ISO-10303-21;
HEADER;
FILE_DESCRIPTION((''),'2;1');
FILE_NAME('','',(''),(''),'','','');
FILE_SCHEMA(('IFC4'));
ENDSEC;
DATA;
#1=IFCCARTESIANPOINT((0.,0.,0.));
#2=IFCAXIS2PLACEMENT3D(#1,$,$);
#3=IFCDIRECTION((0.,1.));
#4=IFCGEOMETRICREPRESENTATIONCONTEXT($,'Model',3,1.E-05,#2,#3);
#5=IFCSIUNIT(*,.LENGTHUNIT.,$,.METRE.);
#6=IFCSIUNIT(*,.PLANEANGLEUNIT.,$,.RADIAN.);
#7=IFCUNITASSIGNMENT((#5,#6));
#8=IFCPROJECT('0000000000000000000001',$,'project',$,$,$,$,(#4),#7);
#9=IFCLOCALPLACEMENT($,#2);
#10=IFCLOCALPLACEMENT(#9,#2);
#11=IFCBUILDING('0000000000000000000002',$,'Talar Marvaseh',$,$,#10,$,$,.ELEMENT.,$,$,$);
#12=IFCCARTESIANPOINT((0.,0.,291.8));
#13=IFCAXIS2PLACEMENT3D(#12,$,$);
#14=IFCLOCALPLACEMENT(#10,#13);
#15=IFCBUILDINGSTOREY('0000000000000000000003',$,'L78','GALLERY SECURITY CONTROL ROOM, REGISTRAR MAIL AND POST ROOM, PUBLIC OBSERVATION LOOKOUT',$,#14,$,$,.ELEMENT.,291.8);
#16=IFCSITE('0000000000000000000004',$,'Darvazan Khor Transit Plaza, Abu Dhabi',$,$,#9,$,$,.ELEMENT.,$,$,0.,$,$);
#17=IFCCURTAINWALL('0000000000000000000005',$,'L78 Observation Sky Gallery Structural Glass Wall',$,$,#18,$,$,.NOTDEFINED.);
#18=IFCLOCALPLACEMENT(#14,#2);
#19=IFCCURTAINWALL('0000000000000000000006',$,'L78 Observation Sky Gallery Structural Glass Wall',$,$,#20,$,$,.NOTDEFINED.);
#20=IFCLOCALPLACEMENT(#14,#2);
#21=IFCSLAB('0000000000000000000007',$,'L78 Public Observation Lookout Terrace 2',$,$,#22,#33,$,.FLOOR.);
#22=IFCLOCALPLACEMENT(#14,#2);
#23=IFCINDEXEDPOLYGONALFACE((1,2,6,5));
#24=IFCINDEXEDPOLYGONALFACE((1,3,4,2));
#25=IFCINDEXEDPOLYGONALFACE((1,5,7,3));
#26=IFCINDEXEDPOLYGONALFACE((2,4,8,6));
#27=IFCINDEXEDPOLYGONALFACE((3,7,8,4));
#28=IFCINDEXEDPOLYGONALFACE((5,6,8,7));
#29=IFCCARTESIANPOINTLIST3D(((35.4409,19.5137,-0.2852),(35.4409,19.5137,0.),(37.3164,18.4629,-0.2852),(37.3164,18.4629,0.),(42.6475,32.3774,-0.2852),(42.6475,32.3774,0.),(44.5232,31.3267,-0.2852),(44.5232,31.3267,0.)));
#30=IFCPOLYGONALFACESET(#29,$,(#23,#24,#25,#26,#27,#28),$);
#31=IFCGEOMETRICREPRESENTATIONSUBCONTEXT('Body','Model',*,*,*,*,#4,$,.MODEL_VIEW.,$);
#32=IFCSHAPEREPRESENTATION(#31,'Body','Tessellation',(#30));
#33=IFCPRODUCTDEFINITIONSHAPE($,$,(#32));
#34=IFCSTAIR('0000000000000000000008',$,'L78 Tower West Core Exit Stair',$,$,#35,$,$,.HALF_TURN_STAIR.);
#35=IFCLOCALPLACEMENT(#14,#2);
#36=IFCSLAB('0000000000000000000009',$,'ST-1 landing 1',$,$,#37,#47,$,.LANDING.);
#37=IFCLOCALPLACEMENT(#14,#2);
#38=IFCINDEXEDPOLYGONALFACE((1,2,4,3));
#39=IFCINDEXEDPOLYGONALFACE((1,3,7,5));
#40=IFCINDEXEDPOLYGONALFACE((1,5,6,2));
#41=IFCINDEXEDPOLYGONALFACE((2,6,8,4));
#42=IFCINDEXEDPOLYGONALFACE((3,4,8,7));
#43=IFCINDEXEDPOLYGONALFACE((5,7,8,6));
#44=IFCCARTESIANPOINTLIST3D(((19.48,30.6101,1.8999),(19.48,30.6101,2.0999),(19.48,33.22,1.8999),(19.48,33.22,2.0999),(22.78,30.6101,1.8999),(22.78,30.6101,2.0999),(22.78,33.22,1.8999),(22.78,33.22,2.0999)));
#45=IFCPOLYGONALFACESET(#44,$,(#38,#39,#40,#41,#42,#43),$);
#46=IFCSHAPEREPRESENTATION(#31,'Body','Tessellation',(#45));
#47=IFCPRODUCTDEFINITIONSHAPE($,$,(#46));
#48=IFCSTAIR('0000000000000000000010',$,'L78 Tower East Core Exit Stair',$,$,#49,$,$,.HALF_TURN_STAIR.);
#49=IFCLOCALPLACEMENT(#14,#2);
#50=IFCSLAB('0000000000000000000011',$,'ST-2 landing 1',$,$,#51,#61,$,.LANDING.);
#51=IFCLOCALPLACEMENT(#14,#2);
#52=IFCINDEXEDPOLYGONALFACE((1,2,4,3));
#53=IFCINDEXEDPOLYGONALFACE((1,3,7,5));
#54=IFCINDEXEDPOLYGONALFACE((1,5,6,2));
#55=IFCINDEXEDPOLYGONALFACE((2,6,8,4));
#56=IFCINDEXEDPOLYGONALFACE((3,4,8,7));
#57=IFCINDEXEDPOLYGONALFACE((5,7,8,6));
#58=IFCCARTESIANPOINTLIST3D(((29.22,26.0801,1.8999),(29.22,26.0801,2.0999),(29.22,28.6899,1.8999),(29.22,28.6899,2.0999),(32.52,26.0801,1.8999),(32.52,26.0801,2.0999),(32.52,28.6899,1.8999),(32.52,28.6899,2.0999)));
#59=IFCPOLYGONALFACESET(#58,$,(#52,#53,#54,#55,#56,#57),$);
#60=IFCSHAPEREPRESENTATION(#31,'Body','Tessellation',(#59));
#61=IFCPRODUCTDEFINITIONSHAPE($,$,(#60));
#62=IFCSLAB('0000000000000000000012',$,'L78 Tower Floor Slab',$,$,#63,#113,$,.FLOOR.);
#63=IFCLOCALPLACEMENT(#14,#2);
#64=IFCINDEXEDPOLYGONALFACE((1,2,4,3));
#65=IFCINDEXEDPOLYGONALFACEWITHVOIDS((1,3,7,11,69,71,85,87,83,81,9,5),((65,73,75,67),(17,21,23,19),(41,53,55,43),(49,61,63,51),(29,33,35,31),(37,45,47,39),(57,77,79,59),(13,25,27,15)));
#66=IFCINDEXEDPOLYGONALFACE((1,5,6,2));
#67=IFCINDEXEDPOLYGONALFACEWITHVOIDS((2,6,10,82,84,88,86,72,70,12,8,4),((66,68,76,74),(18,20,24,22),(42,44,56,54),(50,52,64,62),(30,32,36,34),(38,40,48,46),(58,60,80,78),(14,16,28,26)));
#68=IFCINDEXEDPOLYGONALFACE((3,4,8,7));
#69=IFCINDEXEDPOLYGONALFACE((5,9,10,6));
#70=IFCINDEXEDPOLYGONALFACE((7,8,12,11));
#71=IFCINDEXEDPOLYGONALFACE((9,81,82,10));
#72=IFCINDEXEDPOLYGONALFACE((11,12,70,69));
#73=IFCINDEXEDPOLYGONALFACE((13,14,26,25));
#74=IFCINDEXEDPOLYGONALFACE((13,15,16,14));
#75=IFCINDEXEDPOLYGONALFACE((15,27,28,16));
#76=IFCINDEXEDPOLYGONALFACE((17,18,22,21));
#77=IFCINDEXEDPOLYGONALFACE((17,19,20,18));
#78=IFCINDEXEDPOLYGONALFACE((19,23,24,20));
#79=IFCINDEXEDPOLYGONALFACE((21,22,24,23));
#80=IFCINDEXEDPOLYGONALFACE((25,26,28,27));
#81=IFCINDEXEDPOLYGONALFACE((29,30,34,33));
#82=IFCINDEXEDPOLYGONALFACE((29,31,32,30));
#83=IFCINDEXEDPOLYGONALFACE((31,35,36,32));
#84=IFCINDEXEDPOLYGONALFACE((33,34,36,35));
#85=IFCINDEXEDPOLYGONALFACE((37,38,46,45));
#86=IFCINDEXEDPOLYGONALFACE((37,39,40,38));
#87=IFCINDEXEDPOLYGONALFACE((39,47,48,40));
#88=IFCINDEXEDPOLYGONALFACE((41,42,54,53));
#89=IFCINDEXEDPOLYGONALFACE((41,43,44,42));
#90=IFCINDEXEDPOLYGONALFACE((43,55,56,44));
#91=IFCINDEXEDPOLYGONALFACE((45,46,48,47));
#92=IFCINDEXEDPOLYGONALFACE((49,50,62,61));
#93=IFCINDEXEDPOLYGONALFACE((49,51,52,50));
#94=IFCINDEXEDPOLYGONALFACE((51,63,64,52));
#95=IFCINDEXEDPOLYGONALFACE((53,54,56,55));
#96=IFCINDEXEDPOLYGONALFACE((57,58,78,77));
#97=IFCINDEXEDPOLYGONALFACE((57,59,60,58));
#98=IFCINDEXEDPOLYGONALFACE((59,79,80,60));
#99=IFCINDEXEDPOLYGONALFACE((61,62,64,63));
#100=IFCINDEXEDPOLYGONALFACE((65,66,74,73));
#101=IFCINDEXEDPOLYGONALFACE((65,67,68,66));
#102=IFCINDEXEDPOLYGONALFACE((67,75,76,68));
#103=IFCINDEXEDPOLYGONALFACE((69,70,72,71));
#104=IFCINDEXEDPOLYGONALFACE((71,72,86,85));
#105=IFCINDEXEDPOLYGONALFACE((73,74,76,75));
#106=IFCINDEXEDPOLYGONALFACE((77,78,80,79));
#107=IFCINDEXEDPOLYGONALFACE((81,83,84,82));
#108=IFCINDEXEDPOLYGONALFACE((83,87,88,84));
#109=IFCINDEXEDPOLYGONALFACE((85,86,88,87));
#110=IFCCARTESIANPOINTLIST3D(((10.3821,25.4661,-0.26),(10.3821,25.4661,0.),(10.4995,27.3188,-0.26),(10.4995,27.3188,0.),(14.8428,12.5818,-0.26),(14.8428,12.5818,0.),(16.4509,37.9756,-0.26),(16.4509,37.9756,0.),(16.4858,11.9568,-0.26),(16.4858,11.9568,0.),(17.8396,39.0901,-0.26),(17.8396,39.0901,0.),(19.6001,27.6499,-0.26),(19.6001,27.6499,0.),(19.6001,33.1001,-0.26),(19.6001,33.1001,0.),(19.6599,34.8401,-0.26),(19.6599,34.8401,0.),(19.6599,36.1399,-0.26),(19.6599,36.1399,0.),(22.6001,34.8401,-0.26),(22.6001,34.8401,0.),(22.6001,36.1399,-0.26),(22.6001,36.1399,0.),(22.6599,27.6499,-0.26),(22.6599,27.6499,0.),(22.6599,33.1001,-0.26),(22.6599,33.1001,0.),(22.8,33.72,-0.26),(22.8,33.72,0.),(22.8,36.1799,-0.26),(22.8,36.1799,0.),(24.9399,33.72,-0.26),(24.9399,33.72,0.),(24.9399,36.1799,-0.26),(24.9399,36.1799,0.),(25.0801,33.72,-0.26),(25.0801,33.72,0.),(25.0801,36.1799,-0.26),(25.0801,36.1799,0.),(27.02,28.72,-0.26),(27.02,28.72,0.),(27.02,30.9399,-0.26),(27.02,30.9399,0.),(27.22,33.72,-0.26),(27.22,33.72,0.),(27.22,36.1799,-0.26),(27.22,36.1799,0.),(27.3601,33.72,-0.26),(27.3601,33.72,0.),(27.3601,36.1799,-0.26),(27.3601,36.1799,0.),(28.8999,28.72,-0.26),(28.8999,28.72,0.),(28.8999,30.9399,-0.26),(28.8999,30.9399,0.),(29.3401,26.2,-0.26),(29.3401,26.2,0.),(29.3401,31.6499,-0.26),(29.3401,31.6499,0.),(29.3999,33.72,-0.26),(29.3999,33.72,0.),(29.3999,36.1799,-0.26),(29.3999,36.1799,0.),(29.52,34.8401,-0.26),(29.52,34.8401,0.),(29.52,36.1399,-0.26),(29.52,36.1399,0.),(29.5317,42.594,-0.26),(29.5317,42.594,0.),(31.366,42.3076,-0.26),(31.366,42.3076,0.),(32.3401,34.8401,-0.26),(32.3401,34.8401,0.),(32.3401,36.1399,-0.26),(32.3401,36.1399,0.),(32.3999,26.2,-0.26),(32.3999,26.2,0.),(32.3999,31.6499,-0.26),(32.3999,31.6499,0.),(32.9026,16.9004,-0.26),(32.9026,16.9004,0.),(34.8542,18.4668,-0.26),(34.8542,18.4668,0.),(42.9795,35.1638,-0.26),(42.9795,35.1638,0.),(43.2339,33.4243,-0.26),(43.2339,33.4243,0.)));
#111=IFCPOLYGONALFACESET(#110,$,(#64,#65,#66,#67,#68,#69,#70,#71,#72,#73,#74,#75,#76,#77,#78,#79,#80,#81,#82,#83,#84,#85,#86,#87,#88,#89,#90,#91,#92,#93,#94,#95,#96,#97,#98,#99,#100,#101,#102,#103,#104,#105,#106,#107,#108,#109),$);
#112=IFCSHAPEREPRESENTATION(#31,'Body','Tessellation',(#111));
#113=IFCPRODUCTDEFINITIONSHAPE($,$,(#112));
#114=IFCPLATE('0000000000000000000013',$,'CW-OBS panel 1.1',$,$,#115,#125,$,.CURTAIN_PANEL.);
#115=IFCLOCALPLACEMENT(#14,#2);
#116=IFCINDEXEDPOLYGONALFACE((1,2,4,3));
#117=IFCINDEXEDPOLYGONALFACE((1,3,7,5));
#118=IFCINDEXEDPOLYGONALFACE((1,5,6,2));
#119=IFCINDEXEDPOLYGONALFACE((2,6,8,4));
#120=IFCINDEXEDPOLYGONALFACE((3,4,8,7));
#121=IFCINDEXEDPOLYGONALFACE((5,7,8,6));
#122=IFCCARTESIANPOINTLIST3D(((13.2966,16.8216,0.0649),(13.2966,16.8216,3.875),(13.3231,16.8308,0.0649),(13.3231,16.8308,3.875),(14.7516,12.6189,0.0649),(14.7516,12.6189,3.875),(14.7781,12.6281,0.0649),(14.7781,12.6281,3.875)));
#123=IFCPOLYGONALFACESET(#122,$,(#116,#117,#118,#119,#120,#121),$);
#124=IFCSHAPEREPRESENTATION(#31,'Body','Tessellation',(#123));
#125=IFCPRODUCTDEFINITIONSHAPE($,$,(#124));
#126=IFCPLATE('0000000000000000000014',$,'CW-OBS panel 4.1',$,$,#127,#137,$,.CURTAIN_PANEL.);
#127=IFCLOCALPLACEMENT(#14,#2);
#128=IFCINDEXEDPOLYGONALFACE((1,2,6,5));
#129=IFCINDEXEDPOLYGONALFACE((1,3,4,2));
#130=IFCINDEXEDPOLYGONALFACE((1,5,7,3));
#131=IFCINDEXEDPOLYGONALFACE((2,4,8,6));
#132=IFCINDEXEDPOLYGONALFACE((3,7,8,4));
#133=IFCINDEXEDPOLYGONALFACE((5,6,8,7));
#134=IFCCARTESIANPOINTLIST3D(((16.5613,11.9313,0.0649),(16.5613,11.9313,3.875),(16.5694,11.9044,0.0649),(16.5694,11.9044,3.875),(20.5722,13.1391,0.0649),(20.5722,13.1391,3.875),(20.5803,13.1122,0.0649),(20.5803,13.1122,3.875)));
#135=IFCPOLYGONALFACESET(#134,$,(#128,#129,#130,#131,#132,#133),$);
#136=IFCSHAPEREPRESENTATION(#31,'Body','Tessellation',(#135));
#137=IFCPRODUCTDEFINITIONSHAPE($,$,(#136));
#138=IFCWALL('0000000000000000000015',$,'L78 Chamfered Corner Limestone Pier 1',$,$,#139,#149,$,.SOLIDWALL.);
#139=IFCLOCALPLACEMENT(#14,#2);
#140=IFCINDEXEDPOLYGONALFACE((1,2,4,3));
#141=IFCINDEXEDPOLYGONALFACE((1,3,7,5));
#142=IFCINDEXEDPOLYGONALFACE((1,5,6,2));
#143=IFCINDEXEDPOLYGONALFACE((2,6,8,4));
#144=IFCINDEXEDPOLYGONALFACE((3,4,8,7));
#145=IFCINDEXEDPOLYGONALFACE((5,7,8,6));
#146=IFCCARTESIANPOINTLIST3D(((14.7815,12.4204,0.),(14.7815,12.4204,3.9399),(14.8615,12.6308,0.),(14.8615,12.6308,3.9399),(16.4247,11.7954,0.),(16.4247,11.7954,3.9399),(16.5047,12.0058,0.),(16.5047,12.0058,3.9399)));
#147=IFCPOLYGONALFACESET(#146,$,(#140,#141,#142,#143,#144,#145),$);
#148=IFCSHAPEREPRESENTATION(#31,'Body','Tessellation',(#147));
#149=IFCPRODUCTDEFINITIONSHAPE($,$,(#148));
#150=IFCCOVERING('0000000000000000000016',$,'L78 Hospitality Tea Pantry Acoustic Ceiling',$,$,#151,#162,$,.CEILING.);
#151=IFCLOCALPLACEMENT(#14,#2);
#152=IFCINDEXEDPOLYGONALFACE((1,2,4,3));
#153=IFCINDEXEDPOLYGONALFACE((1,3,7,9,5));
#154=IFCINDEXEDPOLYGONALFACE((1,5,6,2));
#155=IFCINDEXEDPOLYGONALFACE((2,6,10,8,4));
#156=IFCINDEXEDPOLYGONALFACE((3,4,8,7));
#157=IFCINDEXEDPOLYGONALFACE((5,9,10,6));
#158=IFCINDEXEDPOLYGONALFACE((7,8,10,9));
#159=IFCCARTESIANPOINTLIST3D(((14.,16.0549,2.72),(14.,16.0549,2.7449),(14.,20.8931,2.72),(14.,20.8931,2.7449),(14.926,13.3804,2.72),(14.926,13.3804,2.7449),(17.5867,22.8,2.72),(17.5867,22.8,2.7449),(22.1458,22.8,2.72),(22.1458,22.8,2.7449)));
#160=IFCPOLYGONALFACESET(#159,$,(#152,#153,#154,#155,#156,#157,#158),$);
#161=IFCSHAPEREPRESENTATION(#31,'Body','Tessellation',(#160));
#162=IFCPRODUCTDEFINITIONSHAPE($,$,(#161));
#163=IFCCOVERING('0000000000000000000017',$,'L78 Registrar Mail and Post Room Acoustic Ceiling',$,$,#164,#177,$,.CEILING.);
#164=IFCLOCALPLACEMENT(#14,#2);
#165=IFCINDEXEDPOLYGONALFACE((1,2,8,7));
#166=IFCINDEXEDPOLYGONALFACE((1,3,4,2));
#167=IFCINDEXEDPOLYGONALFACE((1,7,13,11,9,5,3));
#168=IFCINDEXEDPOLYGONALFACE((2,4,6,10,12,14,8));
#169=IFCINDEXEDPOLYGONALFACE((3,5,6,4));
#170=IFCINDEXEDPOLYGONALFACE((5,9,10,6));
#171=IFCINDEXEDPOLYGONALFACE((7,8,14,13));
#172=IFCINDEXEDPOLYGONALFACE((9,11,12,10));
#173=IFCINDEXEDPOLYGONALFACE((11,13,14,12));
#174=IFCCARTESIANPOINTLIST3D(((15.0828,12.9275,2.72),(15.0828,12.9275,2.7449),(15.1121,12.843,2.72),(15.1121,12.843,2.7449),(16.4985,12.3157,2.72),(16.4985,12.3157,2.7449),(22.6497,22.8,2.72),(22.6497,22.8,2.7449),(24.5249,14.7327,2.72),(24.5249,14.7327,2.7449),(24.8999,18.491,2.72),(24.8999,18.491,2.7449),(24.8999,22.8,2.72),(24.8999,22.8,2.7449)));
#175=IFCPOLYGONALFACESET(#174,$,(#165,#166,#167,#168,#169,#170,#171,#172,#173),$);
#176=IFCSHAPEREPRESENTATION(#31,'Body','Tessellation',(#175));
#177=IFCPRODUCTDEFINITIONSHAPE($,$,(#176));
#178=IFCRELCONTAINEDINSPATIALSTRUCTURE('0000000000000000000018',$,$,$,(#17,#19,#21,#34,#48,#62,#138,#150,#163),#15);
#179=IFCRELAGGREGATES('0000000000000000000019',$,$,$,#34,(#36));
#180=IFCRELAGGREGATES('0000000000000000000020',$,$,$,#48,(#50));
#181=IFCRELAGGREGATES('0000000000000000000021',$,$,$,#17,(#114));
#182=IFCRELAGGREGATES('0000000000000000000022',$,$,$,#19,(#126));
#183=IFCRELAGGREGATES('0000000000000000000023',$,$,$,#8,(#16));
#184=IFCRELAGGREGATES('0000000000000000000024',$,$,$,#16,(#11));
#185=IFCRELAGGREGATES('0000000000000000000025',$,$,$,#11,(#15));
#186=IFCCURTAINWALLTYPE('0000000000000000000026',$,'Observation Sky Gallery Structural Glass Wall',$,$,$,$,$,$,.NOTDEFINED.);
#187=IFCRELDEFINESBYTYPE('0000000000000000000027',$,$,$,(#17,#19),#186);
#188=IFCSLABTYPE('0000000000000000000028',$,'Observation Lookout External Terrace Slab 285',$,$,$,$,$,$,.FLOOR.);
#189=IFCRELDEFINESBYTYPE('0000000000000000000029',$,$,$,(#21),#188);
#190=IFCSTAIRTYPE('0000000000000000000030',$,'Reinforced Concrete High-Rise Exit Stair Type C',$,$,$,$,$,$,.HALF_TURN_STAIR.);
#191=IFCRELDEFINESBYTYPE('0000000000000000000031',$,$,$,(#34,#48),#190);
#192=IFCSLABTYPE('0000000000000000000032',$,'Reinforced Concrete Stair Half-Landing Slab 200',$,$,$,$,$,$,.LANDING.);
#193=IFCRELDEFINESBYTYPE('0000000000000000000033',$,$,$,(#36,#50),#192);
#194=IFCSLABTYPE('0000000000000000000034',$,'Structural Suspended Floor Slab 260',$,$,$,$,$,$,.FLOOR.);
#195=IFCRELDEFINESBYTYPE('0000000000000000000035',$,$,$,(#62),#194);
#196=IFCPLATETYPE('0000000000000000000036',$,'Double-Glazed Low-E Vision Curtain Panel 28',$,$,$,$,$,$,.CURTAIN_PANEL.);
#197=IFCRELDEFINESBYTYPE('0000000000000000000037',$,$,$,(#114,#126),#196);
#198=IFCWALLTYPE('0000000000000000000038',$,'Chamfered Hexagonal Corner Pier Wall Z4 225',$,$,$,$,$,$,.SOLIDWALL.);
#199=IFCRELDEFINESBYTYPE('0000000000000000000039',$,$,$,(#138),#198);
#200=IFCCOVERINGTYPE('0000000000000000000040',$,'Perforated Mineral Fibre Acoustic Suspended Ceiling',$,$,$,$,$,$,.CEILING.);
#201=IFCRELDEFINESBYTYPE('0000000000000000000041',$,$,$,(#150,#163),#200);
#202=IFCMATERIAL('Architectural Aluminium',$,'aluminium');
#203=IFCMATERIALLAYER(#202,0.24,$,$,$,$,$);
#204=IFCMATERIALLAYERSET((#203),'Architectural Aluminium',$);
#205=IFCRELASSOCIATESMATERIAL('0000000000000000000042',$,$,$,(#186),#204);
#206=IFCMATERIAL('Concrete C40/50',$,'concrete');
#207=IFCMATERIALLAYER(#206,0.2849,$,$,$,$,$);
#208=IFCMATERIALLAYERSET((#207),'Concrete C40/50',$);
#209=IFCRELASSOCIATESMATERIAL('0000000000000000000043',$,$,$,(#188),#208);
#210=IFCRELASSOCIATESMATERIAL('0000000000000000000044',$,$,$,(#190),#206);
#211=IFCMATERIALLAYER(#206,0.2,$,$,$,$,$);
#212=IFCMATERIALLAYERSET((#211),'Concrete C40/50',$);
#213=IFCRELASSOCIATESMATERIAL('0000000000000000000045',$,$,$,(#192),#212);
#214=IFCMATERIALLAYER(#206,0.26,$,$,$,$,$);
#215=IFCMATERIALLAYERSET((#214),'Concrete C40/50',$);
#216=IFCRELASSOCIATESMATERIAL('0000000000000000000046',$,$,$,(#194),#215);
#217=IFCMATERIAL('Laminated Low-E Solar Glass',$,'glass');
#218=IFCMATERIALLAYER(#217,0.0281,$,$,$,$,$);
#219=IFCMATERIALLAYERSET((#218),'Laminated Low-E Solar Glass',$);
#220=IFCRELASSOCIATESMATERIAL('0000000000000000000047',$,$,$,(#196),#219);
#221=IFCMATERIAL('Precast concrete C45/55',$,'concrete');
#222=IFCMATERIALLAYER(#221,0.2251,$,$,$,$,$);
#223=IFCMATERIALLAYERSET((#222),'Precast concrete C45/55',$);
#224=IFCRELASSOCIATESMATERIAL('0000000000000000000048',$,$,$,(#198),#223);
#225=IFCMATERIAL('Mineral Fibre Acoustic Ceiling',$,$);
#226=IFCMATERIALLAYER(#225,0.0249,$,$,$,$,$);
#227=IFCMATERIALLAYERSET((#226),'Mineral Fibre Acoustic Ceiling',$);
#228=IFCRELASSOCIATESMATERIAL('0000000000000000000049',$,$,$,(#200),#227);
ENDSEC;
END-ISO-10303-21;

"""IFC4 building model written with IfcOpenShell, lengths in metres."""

from ifc_helpers import new_model, si_unit, direction, frame, frame_2d, origin, origin_2d, place, context, subcontext, project, spatial, polyline, rectangle, outline, extrude, source, transform, mapped, material, layer, layer_set, type_object, type_shapes, element, aggregate, save


model = new_model("IFC4")

# Units and contexts
model_context = context("Model", 3, precision=1e-05, world=origin(), true_north=direction((0.0, 1.0)))
body_context = subcontext(model_context, "Body", "Model", "MODEL_VIEW")
ifc_project = project(units=[si_unit("LENGTHUNIT", "METRE"), si_unit("PLANEANGLEUNIT", "RADIAN")], contexts=[model_context])

# Site, building, storey
site_placement = place(None, origin())
site = spatial("IfcSite", under=ifc_project, at=site_placement, Name="Darvazan Khor Transit Plaza, Abu Dhabi", CompositionType="ELEMENT", RefElevation=0.0)
building_placement = place(site_placement, origin())
building = spatial("IfcBuilding", under=site, at=building_placement, Name="Talar Marvaseh", CompositionType="ELEMENT")
storey_placement = place(building_placement, frame((0.0, 0.0, 291.8)))
storey = spatial("IfcBuildingStorey", under=building, at=storey_placement, Name="L78", Description="GALLERY SECURITY CONTROL ROOM, REGISTRAR MAIL AND POST ROOM, PUBLIC OBSERVATION LOOKOUT", CompositionType="ELEMENT", Elevation=291.8)

# Curtain walls
ifc_material_1 = material(Name="Architectural Aluminium", Category="aluminium")
ifc_layer_1 = layer(ifc_material_1, 0.24)
ifc_layer_set_1 = layer_set([ifc_layer_1], Name="Architectural Aluminium")
curtain_wall_type = type_object("IfcCurtainWallType", Name="Observation Sky Gallery Structural Glass Wall", PredefinedType="NOTDEFINED", material=ifc_layer_set_1)
curtain_wall_1_placement = place(storey_placement, origin())
curtain_wall_1 = element("IfcCurtainWall", 1, at=curtain_wall_1_placement, inside=storey, type_object=curtain_wall_type, Name="L78 Observation Sky Gallery Structural Glass Wall", PredefinedType="NOTDEFINED")
curtain_wall_2_placement = place(storey_placement, origin())
curtain_wall_2 = element("IfcCurtainWall", 2, at=curtain_wall_2_placement, inside=storey, type_object=curtain_wall_type, Name="L78 Observation Sky Gallery Structural Glass Wall", PredefinedType="NOTDEFINED")

# Slab
ifc_material_2 = material(Name="Concrete C40/50", Category="concrete")
ifc_layer_2 = layer(ifc_material_2, 0.2849)
ifc_layer_set_2 = layer_set([ifc_layer_2], Name="Concrete C40/50")
slab_type_1 = type_object("IfcSlabType", Name="Observation Lookout External Terrace Slab 285", PredefinedType="FLOOR", material=ifc_layer_set_2)
slab_1_placement = place(storey_placement, frame((0.0, 0.0, -0.2852)))
element("IfcSlab", 3, at=slab_1_placement, inside=storey, type_object=slab_type_1, Name="L78 Public Observation Lookout Terrace 2", PredefinedType="FLOOR", context=body_context, shape_type="SweptSolid", body=[
    extrude(outline(polyline([(42.6475, 32.3774), (35.4409, 19.5137), (37.3164, 18.4629), (44.5232, 31.3267), (42.6475, 32.3774)])), origin(), (0.0, 0.0, 1.0), 0.2852),
])

# Stairs, slabs
stair_type = type_object("IfcStairType", Name="Reinforced Concrete High-Rise Exit Stair Type C", PredefinedType="HALF_TURN_STAIR", material=ifc_material_2)
stair_1_placement = place(storey_placement, origin())
stair_1 = element("IfcStair", 4, at=stair_1_placement, inside=storey, type_object=stair_type, Name="L78 Tower West Core Exit Stair", PredefinedType="HALF_TURN_STAIR")
ifc_layer_3 = layer(ifc_material_2, 0.2)
ifc_layer_set_3 = layer_set([ifc_layer_3], Name="Concrete C40/50")
slab_type_2 = type_object("IfcSlabType", Name="Reinforced Concrete Stair Half-Landing Slab 200", PredefinedType="LANDING", material=ifc_layer_set_3)
slab_2_placement = place(storey_placement, frame((0.0, 0.0, 1.8999)))
slab_2 = element("IfcSlab", 5, at=slab_2_placement, type_object=slab_type_2, Name="ST-1 landing 1", PredefinedType="LANDING", context=body_context, shape_type="SweptSolid", body=[
    extrude(outline(polyline([(22.78, 30.6101), (22.78, 33.22), (19.48, 33.22), (19.48, 30.6101), (22.78, 30.6101)])), origin(), (0.0, 0.0, 1.0), 0.2),
])
aggregate(stair_1, [slab_2])
stair_2_placement = place(storey_placement, origin())
stair_2 = element("IfcStair", 6, at=stair_2_placement, inside=storey, type_object=stair_type, Name="L78 Tower East Core Exit Stair", PredefinedType="HALF_TURN_STAIR")
slab_3_placement = place(storey_placement, frame((0.0, 0.0, 1.8999)))
slab_3 = element("IfcSlab", 7, at=slab_3_placement, type_object=slab_type_2, Name="ST-2 landing 1", PredefinedType="LANDING", context=body_context, shape_type="SweptSolid", body=[
    extrude(outline(polyline([(29.22, 28.6899), (29.22, 26.0801), (32.52, 26.0801), (32.52, 28.6899), (29.22, 28.6899)])), origin(), (0.0, 0.0, 1.0), 0.2),
])
aggregate(stair_2, [slab_3])

# Slab
ifc_layer_4 = layer(ifc_material_2, 0.26)
ifc_layer_set_4 = layer_set([ifc_layer_4], Name="Concrete C40/50")
slab_type_3 = type_object("IfcSlabType", Name="Structural Suspended Floor Slab 260", PredefinedType="FLOOR", material=ifc_layer_set_4)
slab_4_placement = place(storey_placement, frame((0.0, 0.0, -0.26)))
element("IfcSlab", 8, at=slab_4_placement, inside=storey, type_object=slab_type_3, Name="L78 Tower Floor Slab", PredefinedType="FLOOR", context=body_context, shape_type="SweptSolid", body=[
    extrude(outline(polyline([(16.4858, 11.9568), (14.8428, 12.5818), (10.3821, 25.4661), (10.4995, 27.3188), (16.4509, 37.9756), (17.8396, 39.0901), (29.5317, 42.594), (31.366, 42.3076), (42.9795, 35.1638), (43.2339, 33.4243), (34.8542, 18.4668), (32.9026, 16.9004), (16.4858, 11.9568)]), holes=[polyline([(22.6599, 27.6499), (22.6599, 33.1001), (19.6001, 33.1001), (19.6001, 27.6499), (22.6599, 27.6499)]), polyline([(29.3401, 31.6499), (29.3401, 26.2), (32.3999, 26.2), (32.3999, 31.6499), (29.3401, 31.6499)]), polyline([(22.8, 33.72), (24.9399, 33.72), (24.9399, 36.1799), (22.8, 36.1799), (22.8, 33.72)]), polyline([(25.0801, 33.72), (27.22, 33.72), (27.22, 36.1799), (25.0801, 36.1799), (25.0801, 33.72)]), polyline([(27.3601, 33.72), (29.3999, 33.72), (29.3999, 36.1799), (27.3601, 36.1799), (27.3601, 33.72)]), polyline([(27.02, 28.72), (28.8999, 28.72), (28.8999, 30.9399), (27.02, 30.9399), (27.02, 28.72)]), polyline([(19.6599, 34.8401), (22.6001, 34.8401), (22.6001, 36.1399), (19.6599, 36.1399), (19.6599, 34.8401)]), polyline([(29.52, 34.8401), (32.3401, 34.8401), (32.3401, 36.1399), (29.52, 36.1399), (29.52, 34.8401)])]), origin(), (0.0, 0.0, 1.0), 0.26),
])

# Plates
ifc_material_3 = material(Name="Laminated Low-E Solar Glass", Category="glass")
ifc_layer_5 = layer(ifc_material_3, 0.0281)
ifc_layer_set_5 = layer_set([ifc_layer_5], Name="Laminated Low-E Solar Glass")
plate_type = type_object("IfcPlateType", Name="Double-Glazed Low-E Vision Curtain Panel 28", PredefinedType="CURTAIN_PANEL", material=ifc_layer_set_5)
shared_shape_1 = source(origin(), body_context, "Body", "SweptSolid", [
    extrude(rectangle(XDim=4.4475, YDim=0.0281, at=origin_2d()), origin(), (0.0, 0.0, 1.0), 3.8101),
])
plate_1_placement = place(storey_placement, frame((14.0374, 14.7249, 0.0649), z_axis=(0.0, 0.0, 1.0), x_axis=(-0.327151, 0.944972, 0.0)))
plate_1 = element("IfcPlate", 9, at=plate_1_placement, type_object=plate_type, Name="CW-OBS panel 1.1", PredefinedType="CURTAIN_PANEL", context=body_context, shape_type="MappedRepresentation", body=[
    mapped(shared_shape_1, transform((0.0, 0.0, 0.0), x_axis=(1.0, 0.0, 0.0), y_axis=(0.0, 1.0, 0.0), z_axis=(0.0, 0.0, 1.0), scale=1.0)),
])
aggregate(curtain_wall_1, [plate_1])
shared_shape_2 = source(origin(), body_context, "Body", "SweptSolid", [
    extrude(rectangle(XDim=4.1887, YDim=0.0281, at=origin_2d()), origin(), (0.0, 0.0, 1.0), 3.8101),
])
type_shapes(plate_type, [shared_shape_1, shared_shape_2])
plate_2_placement = place(storey_placement, frame((18.5708, 12.5217, 0.0649), z_axis=(0.0, 0.0, 1.0), x_axis=(-0.957526, -0.288346, 0.0)))
plate_2 = element("IfcPlate", 10, at=plate_2_placement, type_object=plate_type, Name="CW-OBS panel 4.1", PredefinedType="CURTAIN_PANEL", context=body_context, shape_type="MappedRepresentation", body=[
    mapped(shared_shape_2, transform((0.0, 0.0, 0.0), x_axis=(1.0, 0.0, 0.0), y_axis=(0.0, 1.0, 0.0), z_axis=(0.0, 0.0, 1.0), scale=1.0)),
])
aggregate(curtain_wall_2, [plate_2])

# Wall
ifc_material_4 = material(Name="Precast concrete C45/55", Category="concrete")
ifc_layer_6 = layer(ifc_material_4, 0.2251)
ifc_layer_set_6 = layer_set([ifc_layer_6], Name="Precast concrete C45/55")
wall_type = type_object("IfcWallType", Name="Chamfered Hexagonal Corner Pier Wall Z4 225", PredefinedType="SOLIDWALL", material=ifc_layer_set_6)
wall_placement = place(storey_placement, frame((16.4646, 11.9006, 0.0), z_axis=(0.0, 0.0, 1.0), x_axis=(-0.934681, 0.355487, 0.0)))
element("IfcWall", 11, at=wall_placement, inside=storey, type_object=wall_type, Name="L78 Chamfered Corner Limestone Pier 1", PredefinedType="SOLIDWALL", context=body_context, shape_type="SweptSolid", body=[
    extrude(rectangle(XDim=1.7581, YDim=0.2251, at=frame_2d((0.8789, 0.0))), origin(), (0.0, 0.0, 1.0), 3.9399),
])

# Coverings
ifc_material_5 = material(Name="Mineral Fibre Acoustic Ceiling")
ifc_layer_7 = layer(ifc_material_5, 0.0249)
ifc_layer_set_7 = layer_set([ifc_layer_7], Name="Mineral Fibre Acoustic Ceiling")
covering_type_1 = type_object("IfcCoveringType", Name="Perforated Mineral Fibre Acoustic Suspended Ceiling", PredefinedType="CEILING", material=ifc_layer_set_7)
covering_1_placement = place(storey_placement, frame((0.0, 0.0, 2.72)))
element("IfcCovering", 12, at=covering_1_placement, inside=storey, type_object=covering_type_1, Name="L78 Hospitality Tea Pantry Acoustic Ceiling", PredefinedType="CEILING", context=body_context, shape_type="SweptSolid", body=[
    extrude(outline(polyline([(14.926, 13.3804), (14.0, 16.0549), (14.0, 20.8931), (17.5867, 22.8), (22.1458, 22.8), (14.926, 13.3804)])), origin(), (0.0, 0.0, 1.0), 0.0249),
])
covering_2_placement = place(storey_placement, frame((0.0, 0.0, 2.72)))
element("IfcCovering", 13, at=covering_2_placement, inside=storey, type_object=covering_type_1, Name="L78 Registrar Mail and Post Room Acoustic Ceiling", PredefinedType="CEILING", context=body_context, shape_type="SweptSolid", body=[
    extrude(outline(polyline([(22.6497, 22.8), (24.8999, 22.8), (24.8999, 18.491), (24.5249, 14.7327), (16.4985, 12.3157), (15.1121, 12.843), (15.0828, 12.9275), (22.6497, 22.8)])), origin(), (0.0, 0.0, 1.0), 0.0249),
])

save(model, "model.ifc")
